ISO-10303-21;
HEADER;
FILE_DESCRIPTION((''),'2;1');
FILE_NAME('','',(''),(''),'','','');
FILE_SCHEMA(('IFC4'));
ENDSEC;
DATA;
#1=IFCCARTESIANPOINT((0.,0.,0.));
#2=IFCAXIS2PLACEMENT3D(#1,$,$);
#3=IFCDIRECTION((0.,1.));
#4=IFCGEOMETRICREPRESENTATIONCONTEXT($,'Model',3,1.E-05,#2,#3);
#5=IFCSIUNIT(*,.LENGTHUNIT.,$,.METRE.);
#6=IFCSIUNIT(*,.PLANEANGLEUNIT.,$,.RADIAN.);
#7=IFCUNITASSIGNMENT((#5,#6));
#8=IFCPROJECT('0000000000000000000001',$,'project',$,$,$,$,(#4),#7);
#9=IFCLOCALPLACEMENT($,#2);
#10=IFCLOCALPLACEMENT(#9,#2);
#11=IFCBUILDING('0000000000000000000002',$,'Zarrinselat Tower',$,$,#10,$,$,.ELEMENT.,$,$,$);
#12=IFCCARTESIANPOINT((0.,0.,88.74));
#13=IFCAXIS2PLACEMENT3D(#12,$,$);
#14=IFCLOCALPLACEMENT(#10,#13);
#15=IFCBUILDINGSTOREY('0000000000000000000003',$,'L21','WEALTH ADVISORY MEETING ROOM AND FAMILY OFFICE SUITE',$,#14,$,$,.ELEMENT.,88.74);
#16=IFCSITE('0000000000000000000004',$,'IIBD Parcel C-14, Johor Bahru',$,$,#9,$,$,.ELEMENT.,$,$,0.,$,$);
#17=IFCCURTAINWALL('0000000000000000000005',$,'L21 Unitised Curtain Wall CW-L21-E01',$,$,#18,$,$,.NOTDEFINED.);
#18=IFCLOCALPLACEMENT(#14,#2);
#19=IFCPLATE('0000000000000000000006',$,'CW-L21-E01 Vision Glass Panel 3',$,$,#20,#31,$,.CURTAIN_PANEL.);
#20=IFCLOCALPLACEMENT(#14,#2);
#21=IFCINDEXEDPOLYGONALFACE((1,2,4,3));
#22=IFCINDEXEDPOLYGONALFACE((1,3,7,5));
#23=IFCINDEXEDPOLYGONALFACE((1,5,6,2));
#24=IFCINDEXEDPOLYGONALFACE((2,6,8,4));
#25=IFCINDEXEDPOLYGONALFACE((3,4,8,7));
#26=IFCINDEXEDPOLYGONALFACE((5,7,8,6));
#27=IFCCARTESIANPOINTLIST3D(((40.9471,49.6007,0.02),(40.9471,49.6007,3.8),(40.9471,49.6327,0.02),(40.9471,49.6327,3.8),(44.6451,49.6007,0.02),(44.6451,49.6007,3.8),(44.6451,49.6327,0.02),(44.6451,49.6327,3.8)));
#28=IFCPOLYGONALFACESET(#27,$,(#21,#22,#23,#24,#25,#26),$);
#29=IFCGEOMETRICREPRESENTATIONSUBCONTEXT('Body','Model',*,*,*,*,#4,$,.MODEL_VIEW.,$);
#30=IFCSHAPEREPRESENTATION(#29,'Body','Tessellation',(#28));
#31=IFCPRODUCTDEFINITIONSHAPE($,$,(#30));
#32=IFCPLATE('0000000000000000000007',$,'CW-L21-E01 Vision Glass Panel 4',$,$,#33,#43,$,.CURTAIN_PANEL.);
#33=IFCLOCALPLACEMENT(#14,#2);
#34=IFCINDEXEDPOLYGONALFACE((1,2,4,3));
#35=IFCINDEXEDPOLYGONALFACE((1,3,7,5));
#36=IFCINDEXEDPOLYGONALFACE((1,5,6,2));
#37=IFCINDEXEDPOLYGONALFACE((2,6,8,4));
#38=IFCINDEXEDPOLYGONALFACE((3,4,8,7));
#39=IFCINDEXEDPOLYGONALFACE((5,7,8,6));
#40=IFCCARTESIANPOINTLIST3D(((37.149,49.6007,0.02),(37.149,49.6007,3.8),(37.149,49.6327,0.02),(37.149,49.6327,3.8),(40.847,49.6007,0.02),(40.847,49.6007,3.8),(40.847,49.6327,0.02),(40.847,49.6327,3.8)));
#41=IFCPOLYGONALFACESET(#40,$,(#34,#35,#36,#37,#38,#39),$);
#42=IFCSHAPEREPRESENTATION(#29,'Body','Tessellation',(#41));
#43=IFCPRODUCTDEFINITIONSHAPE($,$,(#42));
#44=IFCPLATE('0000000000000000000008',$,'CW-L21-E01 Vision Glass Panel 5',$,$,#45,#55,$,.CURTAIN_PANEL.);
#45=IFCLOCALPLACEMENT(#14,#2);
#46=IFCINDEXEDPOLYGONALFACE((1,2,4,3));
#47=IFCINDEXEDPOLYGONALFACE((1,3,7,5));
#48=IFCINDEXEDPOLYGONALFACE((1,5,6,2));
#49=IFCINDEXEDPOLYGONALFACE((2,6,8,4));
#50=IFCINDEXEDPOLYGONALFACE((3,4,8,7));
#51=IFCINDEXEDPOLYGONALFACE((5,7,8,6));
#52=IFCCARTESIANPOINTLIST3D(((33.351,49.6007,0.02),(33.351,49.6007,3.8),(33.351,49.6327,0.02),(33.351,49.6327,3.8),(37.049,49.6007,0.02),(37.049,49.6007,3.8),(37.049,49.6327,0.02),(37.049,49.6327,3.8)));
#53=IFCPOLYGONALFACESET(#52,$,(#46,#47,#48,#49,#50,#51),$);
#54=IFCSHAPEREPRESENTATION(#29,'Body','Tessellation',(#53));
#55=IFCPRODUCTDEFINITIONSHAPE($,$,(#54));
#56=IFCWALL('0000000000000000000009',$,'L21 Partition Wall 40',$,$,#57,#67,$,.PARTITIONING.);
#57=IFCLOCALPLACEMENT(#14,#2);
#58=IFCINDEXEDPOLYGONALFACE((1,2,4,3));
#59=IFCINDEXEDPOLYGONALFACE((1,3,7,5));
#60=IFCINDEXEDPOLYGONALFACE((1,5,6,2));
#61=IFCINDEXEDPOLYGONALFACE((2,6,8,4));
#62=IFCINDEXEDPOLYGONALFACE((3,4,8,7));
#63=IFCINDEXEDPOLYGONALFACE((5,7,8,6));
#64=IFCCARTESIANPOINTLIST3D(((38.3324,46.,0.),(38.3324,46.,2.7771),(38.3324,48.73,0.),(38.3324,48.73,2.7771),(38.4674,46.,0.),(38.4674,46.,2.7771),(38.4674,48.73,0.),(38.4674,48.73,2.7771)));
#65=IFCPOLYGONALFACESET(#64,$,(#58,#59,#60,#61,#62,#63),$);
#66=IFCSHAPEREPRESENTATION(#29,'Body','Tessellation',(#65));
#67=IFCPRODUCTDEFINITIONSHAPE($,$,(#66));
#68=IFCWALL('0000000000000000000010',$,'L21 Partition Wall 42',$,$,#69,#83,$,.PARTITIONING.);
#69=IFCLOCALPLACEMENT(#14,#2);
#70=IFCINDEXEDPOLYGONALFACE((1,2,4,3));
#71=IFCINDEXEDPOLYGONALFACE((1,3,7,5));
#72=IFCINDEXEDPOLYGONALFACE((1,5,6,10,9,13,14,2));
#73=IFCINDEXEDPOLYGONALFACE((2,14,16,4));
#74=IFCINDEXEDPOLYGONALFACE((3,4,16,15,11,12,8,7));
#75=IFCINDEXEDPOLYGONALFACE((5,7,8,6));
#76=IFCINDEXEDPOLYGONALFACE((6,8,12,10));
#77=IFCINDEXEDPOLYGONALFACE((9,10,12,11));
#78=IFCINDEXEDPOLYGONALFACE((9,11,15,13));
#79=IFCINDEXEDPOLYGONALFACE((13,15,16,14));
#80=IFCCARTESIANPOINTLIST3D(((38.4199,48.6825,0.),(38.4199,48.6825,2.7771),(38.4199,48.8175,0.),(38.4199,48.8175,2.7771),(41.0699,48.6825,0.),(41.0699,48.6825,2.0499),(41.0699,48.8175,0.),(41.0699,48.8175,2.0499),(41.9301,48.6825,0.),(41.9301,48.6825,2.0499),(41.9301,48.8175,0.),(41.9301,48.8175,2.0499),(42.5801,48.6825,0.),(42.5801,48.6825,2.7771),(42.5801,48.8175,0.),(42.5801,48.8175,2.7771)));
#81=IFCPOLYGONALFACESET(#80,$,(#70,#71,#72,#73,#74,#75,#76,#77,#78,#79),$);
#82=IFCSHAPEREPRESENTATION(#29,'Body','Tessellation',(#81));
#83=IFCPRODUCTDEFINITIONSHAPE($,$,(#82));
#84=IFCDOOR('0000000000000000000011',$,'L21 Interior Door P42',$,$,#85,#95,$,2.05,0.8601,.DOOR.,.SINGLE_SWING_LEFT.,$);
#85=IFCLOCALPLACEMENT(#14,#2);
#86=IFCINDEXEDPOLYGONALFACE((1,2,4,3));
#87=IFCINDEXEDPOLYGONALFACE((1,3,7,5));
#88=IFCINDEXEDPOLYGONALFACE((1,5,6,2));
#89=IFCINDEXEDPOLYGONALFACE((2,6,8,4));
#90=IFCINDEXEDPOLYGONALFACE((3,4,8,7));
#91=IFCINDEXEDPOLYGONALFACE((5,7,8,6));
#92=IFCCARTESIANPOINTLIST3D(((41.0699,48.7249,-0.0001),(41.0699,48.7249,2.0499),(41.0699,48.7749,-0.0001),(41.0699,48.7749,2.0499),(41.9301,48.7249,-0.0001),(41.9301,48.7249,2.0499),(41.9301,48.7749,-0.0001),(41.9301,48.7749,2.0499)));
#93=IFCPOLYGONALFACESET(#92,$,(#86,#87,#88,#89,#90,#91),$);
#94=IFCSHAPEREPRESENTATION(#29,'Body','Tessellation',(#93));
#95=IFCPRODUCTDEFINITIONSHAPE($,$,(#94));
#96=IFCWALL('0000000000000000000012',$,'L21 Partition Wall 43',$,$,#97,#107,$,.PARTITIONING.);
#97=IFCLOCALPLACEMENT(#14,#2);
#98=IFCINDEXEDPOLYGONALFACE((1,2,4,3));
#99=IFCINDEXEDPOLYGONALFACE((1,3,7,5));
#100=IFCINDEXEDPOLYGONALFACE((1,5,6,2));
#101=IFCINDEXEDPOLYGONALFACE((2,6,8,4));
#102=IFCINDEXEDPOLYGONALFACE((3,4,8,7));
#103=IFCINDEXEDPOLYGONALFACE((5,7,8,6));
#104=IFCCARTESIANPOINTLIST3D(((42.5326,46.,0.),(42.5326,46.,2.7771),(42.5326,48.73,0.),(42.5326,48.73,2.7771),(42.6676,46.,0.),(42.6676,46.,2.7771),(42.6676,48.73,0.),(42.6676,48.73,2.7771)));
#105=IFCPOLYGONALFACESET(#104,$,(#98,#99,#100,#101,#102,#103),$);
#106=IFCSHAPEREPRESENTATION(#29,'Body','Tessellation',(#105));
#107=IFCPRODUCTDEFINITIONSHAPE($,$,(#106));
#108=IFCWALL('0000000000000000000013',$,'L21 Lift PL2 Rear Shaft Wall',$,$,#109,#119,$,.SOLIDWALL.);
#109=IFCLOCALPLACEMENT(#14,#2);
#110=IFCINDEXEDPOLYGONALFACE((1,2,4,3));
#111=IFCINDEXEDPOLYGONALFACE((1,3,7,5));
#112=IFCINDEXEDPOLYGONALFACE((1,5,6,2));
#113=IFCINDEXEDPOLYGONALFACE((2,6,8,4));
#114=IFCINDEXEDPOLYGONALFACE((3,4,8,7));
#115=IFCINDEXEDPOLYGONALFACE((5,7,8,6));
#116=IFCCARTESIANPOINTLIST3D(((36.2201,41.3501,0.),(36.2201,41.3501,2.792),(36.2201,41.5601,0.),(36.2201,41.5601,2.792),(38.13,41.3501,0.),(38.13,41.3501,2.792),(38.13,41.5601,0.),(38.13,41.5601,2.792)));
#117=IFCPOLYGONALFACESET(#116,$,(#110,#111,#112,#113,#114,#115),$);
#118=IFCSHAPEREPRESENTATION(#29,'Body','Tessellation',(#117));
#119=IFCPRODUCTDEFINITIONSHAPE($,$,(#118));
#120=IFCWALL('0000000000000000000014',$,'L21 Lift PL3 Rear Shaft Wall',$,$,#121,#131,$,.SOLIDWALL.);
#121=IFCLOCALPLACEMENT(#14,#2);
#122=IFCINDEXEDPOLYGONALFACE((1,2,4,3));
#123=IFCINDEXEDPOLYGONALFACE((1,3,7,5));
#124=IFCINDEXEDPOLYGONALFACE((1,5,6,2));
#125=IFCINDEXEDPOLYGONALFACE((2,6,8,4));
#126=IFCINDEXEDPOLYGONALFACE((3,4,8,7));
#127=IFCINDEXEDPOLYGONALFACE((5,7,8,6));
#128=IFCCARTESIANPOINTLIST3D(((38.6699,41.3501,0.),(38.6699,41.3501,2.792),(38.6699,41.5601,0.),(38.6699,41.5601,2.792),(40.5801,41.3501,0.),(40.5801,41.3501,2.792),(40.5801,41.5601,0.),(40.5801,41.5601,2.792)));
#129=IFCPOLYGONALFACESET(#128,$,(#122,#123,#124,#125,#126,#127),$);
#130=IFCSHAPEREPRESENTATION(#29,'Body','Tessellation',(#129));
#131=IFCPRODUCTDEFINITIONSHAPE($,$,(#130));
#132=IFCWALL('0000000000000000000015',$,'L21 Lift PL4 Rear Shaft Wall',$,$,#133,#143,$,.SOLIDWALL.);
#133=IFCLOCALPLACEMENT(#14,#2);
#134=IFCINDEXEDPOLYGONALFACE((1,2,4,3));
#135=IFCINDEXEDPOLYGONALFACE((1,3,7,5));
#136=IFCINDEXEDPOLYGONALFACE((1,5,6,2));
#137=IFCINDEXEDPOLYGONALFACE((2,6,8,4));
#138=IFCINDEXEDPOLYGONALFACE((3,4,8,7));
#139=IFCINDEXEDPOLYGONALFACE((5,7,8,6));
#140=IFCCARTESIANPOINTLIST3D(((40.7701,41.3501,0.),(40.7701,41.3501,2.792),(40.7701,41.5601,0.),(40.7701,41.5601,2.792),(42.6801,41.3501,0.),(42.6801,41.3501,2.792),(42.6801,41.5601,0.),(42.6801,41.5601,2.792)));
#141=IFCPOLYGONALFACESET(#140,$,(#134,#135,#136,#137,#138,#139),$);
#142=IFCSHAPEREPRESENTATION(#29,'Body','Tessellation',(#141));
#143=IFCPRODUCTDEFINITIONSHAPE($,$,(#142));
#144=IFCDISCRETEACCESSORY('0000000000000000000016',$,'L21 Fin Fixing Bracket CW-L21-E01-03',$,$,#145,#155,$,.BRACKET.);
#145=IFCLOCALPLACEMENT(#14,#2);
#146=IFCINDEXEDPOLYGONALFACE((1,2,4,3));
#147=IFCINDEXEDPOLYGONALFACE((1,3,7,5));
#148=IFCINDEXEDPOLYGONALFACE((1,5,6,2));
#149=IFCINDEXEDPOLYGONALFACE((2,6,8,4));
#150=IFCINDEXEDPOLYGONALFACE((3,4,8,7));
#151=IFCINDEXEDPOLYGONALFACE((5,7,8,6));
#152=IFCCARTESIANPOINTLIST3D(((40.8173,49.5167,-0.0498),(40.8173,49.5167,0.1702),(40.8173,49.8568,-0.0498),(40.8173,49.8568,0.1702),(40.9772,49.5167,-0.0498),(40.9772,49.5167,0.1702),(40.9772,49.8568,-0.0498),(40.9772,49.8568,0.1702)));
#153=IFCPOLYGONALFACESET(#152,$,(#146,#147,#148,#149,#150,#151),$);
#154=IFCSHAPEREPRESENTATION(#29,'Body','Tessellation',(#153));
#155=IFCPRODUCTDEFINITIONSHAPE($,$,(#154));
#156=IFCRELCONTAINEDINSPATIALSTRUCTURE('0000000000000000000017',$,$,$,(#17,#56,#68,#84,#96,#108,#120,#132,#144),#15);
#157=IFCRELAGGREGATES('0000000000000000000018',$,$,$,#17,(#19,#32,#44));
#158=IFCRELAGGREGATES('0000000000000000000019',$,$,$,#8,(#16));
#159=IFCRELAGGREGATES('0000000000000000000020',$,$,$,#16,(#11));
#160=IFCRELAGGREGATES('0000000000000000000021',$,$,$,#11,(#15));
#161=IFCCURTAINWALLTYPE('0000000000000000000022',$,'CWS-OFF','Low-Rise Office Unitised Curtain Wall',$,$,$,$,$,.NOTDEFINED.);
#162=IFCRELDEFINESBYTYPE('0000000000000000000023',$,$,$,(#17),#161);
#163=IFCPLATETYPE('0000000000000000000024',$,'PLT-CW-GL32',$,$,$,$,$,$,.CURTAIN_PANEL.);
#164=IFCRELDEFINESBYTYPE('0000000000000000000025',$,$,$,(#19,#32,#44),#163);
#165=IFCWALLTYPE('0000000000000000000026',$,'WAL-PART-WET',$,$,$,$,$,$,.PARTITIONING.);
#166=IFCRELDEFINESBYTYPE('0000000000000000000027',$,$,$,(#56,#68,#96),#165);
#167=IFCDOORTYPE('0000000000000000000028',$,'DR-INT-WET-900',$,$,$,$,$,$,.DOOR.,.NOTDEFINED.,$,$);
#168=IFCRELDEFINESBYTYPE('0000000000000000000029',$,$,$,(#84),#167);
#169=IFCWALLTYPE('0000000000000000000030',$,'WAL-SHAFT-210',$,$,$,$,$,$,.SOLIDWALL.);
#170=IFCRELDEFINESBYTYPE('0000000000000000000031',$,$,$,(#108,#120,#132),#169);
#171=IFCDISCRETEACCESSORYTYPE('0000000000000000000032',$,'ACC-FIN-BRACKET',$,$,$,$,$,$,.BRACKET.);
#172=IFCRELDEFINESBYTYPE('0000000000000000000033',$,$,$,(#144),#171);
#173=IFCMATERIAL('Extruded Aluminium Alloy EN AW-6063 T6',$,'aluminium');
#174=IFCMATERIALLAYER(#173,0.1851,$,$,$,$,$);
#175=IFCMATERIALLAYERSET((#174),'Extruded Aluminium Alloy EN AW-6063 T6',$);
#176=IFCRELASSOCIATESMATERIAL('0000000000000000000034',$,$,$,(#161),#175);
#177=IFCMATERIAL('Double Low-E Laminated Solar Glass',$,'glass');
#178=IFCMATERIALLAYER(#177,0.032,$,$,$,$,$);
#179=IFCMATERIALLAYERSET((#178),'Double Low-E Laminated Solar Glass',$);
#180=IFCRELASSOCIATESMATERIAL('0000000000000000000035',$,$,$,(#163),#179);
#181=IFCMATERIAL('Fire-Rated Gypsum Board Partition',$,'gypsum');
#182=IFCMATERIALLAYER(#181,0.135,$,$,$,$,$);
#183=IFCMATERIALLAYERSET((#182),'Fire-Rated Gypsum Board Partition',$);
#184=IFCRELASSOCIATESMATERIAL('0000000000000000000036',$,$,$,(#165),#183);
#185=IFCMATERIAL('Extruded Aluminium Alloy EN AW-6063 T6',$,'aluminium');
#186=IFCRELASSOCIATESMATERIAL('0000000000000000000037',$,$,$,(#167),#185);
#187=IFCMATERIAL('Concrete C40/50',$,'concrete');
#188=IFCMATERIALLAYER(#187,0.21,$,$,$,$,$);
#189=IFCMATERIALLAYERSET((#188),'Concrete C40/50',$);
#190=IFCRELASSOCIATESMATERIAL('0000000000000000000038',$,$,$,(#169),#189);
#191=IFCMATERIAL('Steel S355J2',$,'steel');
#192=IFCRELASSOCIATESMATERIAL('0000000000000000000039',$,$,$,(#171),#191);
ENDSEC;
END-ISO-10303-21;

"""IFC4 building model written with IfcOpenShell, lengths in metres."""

from ifc_helpers import new_model, si_unit, direction, frame, frame_2d, origin, origin_2d, place, context, subcontext, project, spatial, rectangle, extrude, material, layer, layer_set, type_object, element, fill, aggregate, save


model = new_model("IFC4")

# Units and contexts
model_context = context("Model", 3, precision=1e-05, world=origin(), true_north=direction((0.0, 1.0)))
body_context = subcontext(model_context, "Body", "Model", "MODEL_VIEW")
ifc_project = project(units=[si_unit("LENGTHUNIT", "METRE"), si_unit("PLANEANGLEUNIT", "RADIAN")], contexts=[model_context])

# Site, building, storey
site_placement = place(None, origin())
site = spatial("IfcSite", under=ifc_project, at=site_placement, Name="IIBD Parcel C-14, Johor Bahru", CompositionType="ELEMENT", RefElevation=0.0)
building_placement = place(site_placement, origin())
building = spatial("IfcBuilding", under=site, at=building_placement, Name="Zarrinselat Tower", CompositionType="ELEMENT")
storey_placement = place(building_placement, frame((0.0, 0.0, 88.74)))
storey = spatial("IfcBuildingStorey", under=building, at=storey_placement, Name="L21", Description="WEALTH ADVISORY MEETING ROOM AND FAMILY OFFICE SUITE", CompositionType="ELEMENT", Elevation=88.74)

# Curtain wall, plates
ifc_material_1 = material(Name="Extruded Aluminium Alloy EN AW-6063 T6", Category="aluminium")
ifc_layer_1 = layer(ifc_material_1, 0.1851)
ifc_layer_set_1 = layer_set([ifc_layer_1], Name="Extruded Aluminium Alloy EN AW-6063 T6")
curtain_wall_type = type_object("IfcCurtainWallType", Name="CWS-OFF", Description="Low-Rise Office Unitised Curtain Wall", PredefinedType="NOTDEFINED", material=ifc_layer_set_1)
curtain_wall_placement = place(storey_placement, origin())
curtain_wall = element("IfcCurtainWall", 1, at=curtain_wall_placement, inside=storey, type_object=curtain_wall_type, Name="L21 Unitised Curtain Wall CW-L21-E01", PredefinedType="NOTDEFINED")
ifc_material_2 = material(Name="Double Low-E Laminated Solar Glass", Category="glass")
ifc_layer_2 = layer(ifc_material_2, 0.032)
ifc_layer_set_2 = layer_set([ifc_layer_2], Name="Double Low-E Laminated Solar Glass")
plate_type = type_object("IfcPlateType", Name="PLT-CW-GL32", PredefinedType="CURTAIN_PANEL", material=ifc_layer_set_2)
plate_1_placement = place(storey_placement, frame((42.7961, 49.6167, 0.02), z_axis=(0.0, 0.0, 1.0), x_axis=(-1.0, 0.0, 0.0)))
plate_1 = element("IfcPlate", 2, at=plate_1_placement, type_object=plate_type, Name="CW-L21-E01 Vision Glass Panel 3", PredefinedType="CURTAIN_PANEL", context=body_context, shape_type="SweptSolid", body=[
    extrude(rectangle(XDim=3.698, YDim=0.032, at=origin_2d()), origin(), (0.0, 0.0, 1.0), 3.78),
])
plate_2_placement = place(storey_placement, frame((38.998, 49.6167, 0.02), z_axis=(0.0, 0.0, 1.0), x_axis=(-1.0, 0.0, 0.0)))
plate_2 = element("IfcPlate", 3, at=plate_2_placement, type_object=plate_type, Name="CW-L21-E01 Vision Glass Panel 4", PredefinedType="CURTAIN_PANEL", context=body_context, shape_type="SweptSolid", body=[
    extrude(rectangle(XDim=3.698, YDim=0.032, at=origin_2d()), origin(), (0.0, 0.0, 1.0), 3.78),
])
plate_3_placement = place(storey_placement, frame((35.2, 49.6167, 0.02), z_axis=(0.0, 0.0, 1.0), x_axis=(-1.0, 0.0, 0.0)))
plate_3 = element("IfcPlate", 4, at=plate_3_placement, type_object=plate_type, Name="CW-L21-E01 Vision Glass Panel 5", PredefinedType="CURTAIN_PANEL", context=body_context, shape_type="SweptSolid", body=[
    extrude(rectangle(XDim=3.698, YDim=0.032, at=origin_2d()), origin(), (0.0, 0.0, 1.0), 3.78),
])
aggregate(curtain_wall, [plate_1, plate_2, plate_3])

# Wall
ifc_material_3 = material(Name="Fire-Rated Gypsum Board Partition", Category="gypsum")
ifc_layer_3 = layer(ifc_material_3, 0.135)
ifc_layer_set_3 = layer_set([ifc_layer_3], Name="Fire-Rated Gypsum Board Partition")
wall_type_1 = type_object("IfcWallType", Name="WAL-PART-WET", PredefinedType="PARTITIONING", material=ifc_layer_set_3)
wall_1_placement = place(storey_placement, frame((38.3999, 46.0, 0.0), z_axis=(0.0, 0.0, 1.0), x_axis=(0.0, 1.0, 0.0)))
element("IfcWall", 5, at=wall_1_placement, inside=storey, type_object=wall_type_1, Name="L21 Partition Wall 40", PredefinedType="PARTITIONING", context=body_context, shape_type="SweptSolid", body=[
    extrude(rectangle(XDim=2.73, YDim=0.135, at=frame_2d((1.365, 0.0))), origin(), (0.0, 0.0, 1.0), 2.7771),
])

# Wall, opening, door
wall_2_placement = place(storey_placement, frame((38.4199, 48.75, 0.0), z_axis=(0.0, 0.0, 1.0), x_axis=(1.0, 0.0, 0.0)))
wall_2 = element("IfcWall", 6, at=wall_2_placement, inside=storey, type_object=wall_type_1, Name="L21 Partition Wall 42", PredefinedType="PARTITIONING", context=body_context, shape_type="SweptSolid", body=[
    extrude(rectangle(XDim=4.1602, YDim=0.135, at=frame_2d((2.0801, 0.0))), origin(), (0.0, 0.0, 1.0), 2.7771),
])
opening_placement = place(wall_2_placement, frame((2.6499, 0.0, 0.0)))
opening = element("IfcOpeningElement", 7, at=opening_placement, cuts=wall_2, PredefinedType="OPENING", context=body_context, shape_type="SweptSolid", body=[
    extrude(rectangle(XDim=0.8601, YDim=2.05, at=frame_2d((0.4302, 1.0249))), frame((0.0, 0.0774, 0.0), z_axis=(0.0, -1.0, 0.0), x_axis=(1.0, 0.0, 0.0)), (0.0, 0.0, 1.0), 0.155),
])
ifc_material_4 = material(Name="Extruded Aluminium Alloy EN AW-6063 T6", Category="aluminium")
door_type = type_object("IfcDoorType", Name="DR-INT-WET-900", OperationType="NOTDEFINED", PredefinedType="DOOR", material=ifc_material_4)
door_placement = place(opening_placement, origin())
door = element("IfcDoor", 8, at=door_placement, inside=storey, type_object=door_type, Name="L21 Interior Door P42", OperationType="SINGLE_SWING_LEFT", OverallHeight=2.05, OverallWidth=0.8601, PredefinedType="DOOR", context=body_context, shape_type="SweptSolid", body=[
    extrude(rectangle(XDim=0.8601, YDim=2.05, at=frame_2d((0.4302, 1.0249))), frame((0.0, 0.0249, 0.0), z_axis=(0.0, -1.0, 0.0), x_axis=(1.0, 0.0, 0.0)), (0.0, 0.0, 1.0), 0.05),
])
fill(opening, door)

# Walls
wall_3_placement = place(storey_placement, frame((42.6001, 46.0, 0.0), z_axis=(0.0, 0.0, 1.0), x_axis=(0.0, 1.0, 0.0)))
element("IfcWall", 9, at=wall_3_placement, inside=storey, type_object=wall_type_1, Name="L21 Partition Wall 43", PredefinedType="PARTITIONING", context=body_context, shape_type="SweptSolid", body=[
    extrude(rectangle(XDim=2.73, YDim=0.135, at=frame_2d((1.365, 0.0))), origin(), (0.0, 0.0, 1.0), 2.7771),
])
ifc_material_5 = material(Name="Concrete C40/50", Category="concrete")
ifc_layer_4 = layer(ifc_material_5, 0.21)
ifc_layer_set_4 = layer_set([ifc_layer_4], Name="Concrete C40/50")
wall_type_2 = type_object("IfcWallType", Name="WAL-SHAFT-210", PredefinedType="SOLIDWALL", material=ifc_layer_set_4)
wall_4_placement = place(storey_placement, frame((36.22, 41.4551, 0.0), z_axis=(0.0, 0.0, 1.0), x_axis=(1.0, 0.0, 0.0)))
element("IfcWall", 10, at=wall_4_placement, inside=storey, type_object=wall_type_2, Name="L21 Lift PL2 Rear Shaft Wall", PredefinedType="SOLIDWALL", context=body_context, shape_type="SweptSolid", body=[
    extrude(rectangle(XDim=1.9099, YDim=0.21, at=frame_2d((0.9551, 0.0))), origin(), (0.0, 0.0, 1.0), 2.792),
])
wall_5_placement = place(storey_placement, frame((38.6699, 41.4551, 0.0), z_axis=(0.0, 0.0, 1.0), x_axis=(1.0, 0.0, 0.0)))
element("IfcWall", 11, at=wall_5_placement, inside=storey, type_object=wall_type_2, Name="L21 Lift PL3 Rear Shaft Wall", PredefinedType="SOLIDWALL", context=body_context, shape_type="SweptSolid", body=[
    extrude(rectangle(XDim=1.9102, YDim=0.21, at=frame_2d((0.9551, 0.0))), origin(), (0.0, 0.0, 1.0), 2.792),
])
wall_6_placement = place(storey_placement, frame((40.77, 41.4551, 0.0), z_axis=(0.0, 0.0, 1.0), x_axis=(1.0, 0.0, 0.0)))
element("IfcWall", 12, at=wall_6_placement, inside=storey, type_object=wall_type_2, Name="L21 Lift PL4 Rear Shaft Wall", PredefinedType="SOLIDWALL", context=body_context, shape_type="SweptSolid", body=[
    extrude(rectangle(XDim=1.9099, YDim=0.21, at=frame_2d((0.9551, 0.0))), origin(), (0.0, 0.0, 1.0), 2.792),
])

# Discrete accessory
ifc_material_6 = material(Name="Steel S355J2", Category="steel")
discrete_accessory_type = type_object("IfcDiscreteAccessoryType", Name="ACC-FIN-BRACKET", PredefinedType="BRACKET", material=ifc_material_6)
discrete_accessory_placement = place(storey_placement, frame((40.8972, 49.6868, -0.0498), z_axis=(0.0, 0.0, 1.0), x_axis=(0.0, 1.0, 0.0)))
element("IfcDiscreteAccessory", 13, at=discrete_accessory_placement, inside=storey, type_object=discrete_accessory_type, Name="L21 Fin Fixing Bracket CW-L21-E01-03", PredefinedType="BRACKET", context=body_context, shape_type="SweptSolid", body=[
    extrude(rectangle(XDim=0.3401, YDim=0.1599, at=origin_2d()), origin(), (0.0, 0.0, 1.0), 0.22),
])

save(model, "model.ifc")
